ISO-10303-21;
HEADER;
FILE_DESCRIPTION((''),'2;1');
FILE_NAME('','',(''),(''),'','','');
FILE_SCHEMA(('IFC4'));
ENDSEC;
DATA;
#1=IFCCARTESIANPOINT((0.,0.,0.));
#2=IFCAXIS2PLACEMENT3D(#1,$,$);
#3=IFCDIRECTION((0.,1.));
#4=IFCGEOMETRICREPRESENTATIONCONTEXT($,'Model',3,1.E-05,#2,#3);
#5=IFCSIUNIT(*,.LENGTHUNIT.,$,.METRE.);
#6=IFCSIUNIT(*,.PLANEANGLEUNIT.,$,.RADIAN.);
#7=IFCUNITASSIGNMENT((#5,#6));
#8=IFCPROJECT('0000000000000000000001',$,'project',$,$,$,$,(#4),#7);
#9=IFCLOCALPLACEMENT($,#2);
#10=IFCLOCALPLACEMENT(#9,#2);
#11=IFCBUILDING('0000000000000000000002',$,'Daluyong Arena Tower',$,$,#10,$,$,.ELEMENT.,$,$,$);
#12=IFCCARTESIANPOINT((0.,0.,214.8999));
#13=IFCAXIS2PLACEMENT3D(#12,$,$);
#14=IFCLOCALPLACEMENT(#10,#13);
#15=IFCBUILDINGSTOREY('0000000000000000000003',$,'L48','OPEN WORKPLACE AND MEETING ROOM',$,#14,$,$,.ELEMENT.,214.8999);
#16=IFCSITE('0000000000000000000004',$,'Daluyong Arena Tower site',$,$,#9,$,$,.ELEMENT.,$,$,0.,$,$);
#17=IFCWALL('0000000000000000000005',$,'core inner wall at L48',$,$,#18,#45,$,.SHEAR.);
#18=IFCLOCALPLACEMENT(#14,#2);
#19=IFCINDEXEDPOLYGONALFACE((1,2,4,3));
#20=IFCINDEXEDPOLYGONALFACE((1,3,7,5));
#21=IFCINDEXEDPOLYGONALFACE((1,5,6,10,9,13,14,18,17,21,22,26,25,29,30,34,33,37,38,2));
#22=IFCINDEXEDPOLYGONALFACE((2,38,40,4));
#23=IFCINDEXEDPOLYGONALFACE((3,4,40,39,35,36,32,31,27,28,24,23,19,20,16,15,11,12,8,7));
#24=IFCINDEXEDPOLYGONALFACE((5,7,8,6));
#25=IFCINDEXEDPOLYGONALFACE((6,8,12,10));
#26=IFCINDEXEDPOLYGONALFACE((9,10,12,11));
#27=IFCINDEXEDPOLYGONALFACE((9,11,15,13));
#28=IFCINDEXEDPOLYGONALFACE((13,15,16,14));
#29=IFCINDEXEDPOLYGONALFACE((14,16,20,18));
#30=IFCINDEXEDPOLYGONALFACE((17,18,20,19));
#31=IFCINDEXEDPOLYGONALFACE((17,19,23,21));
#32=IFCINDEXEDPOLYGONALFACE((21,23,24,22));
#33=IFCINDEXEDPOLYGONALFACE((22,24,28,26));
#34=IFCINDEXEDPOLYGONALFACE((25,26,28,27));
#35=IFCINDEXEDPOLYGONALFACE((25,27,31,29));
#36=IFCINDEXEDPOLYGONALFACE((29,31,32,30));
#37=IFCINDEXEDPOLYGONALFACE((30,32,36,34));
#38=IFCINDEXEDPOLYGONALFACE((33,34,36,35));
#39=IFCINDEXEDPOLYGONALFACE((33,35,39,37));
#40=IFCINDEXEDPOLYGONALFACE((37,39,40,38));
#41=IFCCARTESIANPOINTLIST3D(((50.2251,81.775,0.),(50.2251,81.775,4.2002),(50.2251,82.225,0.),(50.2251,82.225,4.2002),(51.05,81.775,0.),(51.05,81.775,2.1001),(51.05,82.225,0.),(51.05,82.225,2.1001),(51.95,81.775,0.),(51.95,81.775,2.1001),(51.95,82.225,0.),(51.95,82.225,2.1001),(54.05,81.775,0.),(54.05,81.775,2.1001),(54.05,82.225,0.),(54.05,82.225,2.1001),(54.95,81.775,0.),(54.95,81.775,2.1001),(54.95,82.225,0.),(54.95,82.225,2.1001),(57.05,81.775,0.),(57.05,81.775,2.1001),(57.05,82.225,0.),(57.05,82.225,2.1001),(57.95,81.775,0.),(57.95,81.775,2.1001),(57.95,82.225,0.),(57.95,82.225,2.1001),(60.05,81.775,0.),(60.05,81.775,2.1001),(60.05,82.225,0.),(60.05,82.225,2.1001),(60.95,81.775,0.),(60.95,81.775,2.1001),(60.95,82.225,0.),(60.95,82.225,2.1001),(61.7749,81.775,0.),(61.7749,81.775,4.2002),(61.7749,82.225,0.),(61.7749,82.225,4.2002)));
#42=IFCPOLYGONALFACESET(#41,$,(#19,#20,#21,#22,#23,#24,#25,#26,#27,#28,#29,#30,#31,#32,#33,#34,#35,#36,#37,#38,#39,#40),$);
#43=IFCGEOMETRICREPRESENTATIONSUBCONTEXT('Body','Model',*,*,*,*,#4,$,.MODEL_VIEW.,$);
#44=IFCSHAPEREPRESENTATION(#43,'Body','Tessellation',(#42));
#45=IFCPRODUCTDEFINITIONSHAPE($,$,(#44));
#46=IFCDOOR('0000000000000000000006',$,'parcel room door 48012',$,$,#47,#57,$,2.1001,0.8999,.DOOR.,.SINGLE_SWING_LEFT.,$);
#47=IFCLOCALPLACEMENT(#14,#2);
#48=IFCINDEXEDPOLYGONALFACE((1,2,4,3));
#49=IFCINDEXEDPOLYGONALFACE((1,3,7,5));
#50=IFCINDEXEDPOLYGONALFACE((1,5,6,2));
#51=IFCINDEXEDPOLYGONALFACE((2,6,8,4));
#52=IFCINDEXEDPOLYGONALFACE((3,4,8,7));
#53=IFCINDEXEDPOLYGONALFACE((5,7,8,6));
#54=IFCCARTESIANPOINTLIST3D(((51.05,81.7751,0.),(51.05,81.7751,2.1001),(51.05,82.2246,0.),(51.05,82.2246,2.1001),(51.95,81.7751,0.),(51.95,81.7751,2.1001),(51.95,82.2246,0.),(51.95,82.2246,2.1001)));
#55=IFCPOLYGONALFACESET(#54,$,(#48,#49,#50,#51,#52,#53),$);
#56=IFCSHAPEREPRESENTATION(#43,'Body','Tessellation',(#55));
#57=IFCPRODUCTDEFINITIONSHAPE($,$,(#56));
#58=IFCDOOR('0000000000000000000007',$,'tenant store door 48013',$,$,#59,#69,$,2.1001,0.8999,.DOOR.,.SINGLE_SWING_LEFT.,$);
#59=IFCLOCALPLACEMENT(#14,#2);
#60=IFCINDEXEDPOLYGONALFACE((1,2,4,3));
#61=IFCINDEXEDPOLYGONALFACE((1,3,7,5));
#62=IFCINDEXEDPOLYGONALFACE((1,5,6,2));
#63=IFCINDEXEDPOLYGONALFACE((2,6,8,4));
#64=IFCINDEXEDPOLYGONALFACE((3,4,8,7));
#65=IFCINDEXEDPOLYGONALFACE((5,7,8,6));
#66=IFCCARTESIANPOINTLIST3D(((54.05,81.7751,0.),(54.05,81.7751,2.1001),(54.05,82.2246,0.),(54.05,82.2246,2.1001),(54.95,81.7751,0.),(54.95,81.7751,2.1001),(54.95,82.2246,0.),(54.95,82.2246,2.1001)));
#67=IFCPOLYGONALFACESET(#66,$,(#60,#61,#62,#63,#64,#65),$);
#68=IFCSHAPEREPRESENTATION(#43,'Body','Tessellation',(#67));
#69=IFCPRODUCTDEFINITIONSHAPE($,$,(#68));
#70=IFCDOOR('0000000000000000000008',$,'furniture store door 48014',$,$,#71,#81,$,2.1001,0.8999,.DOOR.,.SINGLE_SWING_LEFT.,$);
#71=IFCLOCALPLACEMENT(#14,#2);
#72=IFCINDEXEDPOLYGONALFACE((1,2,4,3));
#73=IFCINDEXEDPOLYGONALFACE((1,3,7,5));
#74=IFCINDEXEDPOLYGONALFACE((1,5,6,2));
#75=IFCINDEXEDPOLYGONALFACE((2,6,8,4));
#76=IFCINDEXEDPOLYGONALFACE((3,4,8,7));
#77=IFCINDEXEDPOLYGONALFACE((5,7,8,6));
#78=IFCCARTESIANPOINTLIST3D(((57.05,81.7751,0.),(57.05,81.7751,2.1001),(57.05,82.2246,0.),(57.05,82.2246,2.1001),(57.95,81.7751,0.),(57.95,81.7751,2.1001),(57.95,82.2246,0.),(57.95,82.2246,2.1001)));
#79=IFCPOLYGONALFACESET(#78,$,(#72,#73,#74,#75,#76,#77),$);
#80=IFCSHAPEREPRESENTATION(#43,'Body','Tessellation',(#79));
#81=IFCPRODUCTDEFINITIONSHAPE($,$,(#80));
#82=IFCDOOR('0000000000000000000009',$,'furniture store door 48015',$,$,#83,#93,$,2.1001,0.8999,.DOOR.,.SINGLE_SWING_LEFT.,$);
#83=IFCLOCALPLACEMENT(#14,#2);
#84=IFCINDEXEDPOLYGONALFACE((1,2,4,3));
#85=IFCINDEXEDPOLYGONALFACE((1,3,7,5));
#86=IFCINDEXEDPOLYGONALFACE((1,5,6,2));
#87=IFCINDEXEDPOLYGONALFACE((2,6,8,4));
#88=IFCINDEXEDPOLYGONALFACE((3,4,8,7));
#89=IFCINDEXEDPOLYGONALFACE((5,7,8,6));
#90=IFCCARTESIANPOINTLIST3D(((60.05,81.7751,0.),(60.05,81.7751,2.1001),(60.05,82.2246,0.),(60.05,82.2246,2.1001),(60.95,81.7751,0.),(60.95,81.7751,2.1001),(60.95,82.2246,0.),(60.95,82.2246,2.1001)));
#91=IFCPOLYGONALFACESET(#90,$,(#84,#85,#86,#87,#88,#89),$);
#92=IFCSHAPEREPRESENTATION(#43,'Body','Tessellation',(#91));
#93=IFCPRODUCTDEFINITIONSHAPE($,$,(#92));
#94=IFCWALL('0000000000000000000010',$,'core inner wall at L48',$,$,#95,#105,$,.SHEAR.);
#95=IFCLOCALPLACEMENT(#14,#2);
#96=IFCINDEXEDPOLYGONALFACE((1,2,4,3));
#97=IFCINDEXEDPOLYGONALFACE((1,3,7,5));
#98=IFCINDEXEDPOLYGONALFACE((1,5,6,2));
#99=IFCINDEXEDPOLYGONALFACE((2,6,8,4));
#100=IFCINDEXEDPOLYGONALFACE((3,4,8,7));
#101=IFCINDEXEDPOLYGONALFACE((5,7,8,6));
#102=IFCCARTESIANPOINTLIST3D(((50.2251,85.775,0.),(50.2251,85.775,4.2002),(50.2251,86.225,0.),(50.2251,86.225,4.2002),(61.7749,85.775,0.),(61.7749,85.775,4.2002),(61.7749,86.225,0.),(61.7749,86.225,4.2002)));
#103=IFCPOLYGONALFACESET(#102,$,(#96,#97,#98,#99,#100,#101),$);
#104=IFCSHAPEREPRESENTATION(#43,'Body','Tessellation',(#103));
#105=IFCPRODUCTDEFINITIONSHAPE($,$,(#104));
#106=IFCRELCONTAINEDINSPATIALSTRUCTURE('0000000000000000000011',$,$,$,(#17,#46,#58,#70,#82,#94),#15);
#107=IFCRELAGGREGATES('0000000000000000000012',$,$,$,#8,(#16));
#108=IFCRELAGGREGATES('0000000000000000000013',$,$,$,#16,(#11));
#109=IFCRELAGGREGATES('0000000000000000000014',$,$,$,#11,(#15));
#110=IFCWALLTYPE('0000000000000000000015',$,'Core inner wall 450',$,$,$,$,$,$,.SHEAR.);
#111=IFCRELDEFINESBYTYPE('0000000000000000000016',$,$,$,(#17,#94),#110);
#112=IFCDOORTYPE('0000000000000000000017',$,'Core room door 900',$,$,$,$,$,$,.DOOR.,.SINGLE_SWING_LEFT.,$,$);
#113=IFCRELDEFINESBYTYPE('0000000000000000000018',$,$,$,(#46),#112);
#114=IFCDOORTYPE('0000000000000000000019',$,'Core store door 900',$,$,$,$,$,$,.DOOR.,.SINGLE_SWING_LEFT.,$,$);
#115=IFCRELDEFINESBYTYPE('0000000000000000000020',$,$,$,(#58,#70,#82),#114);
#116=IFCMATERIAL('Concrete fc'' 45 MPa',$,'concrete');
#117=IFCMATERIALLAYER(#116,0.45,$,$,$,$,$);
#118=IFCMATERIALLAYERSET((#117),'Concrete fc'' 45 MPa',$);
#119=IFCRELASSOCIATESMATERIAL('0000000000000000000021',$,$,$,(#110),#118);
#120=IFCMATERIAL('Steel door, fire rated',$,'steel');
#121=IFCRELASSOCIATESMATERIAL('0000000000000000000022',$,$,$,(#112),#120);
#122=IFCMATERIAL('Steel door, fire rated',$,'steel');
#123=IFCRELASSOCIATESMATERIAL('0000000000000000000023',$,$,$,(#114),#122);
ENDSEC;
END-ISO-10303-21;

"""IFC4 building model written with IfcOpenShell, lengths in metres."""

from ifc_helpers import new_model, si_unit, direction, frame, frame_2d, origin, place, context, subcontext, project, spatial, rectangle, extrude, material, layer, layer_set, type_object, element, fill, save


model = new_model("IFC4")

# Units and contexts
model_context = context("Model", 3, precision=1e-05, world=origin(), true_north=direction((0.0, 1.0)))
body_context = subcontext(model_context, "Body", "Model", "MODEL_VIEW")
ifc_project = project(units=[si_unit("LENGTHUNIT", "METRE"), si_unit("PLANEANGLEUNIT", "RADIAN")], contexts=[model_context])

# Site, building, storey
site_placement = place(None, origin())
site = spatial("IfcSite", under=ifc_project, at=site_placement, Name="Daluyong Arena Tower site", CompositionType="ELEMENT", RefElevation=0.0)
building_placement = place(site_placement, origin())
building = spatial("IfcBuilding", under=site, at=building_placement, Name="Daluyong Arena Tower", CompositionType="ELEMENT")
storey_placement = place(building_placement, frame((0.0, 0.0, 214.8999)))
storey = spatial("IfcBuildingStorey", under=building, at=storey_placement, Name="L48", Description="OPEN WORKPLACE AND MEETING ROOM", CompositionType="ELEMENT", Elevation=214.8999)

# Shared definitions
ifc_material_1 = material(Name="Concrete fc' 45 MPa", Category="concrete")
ifc_layer_1 = layer(ifc_material_1, 0.45)
ifc_layer_set_1 = layer_set([ifc_layer_1], Name="Concrete fc' 45 MPa")
wall_type_1 = type_object("IfcWallType", Name="Core inner wall 450", PredefinedType="SHEAR", material=ifc_layer_set_1)

# Wall, openings, doors
wall_1_placement = place(storey_placement, frame((50.2251, 82.0, 0.0), z_axis=(0.0, 0.0, 1.0), x_axis=(1.0, 0.0, 0.0)))
wall_1 = element("IfcWall", 1, at=wall_1_placement, inside=storey, type_object=wall_type_1, Name="core inner wall at L48", PredefinedType="SHEAR", context=body_context, shape_type="SweptSolid", body=[
    extrude(rectangle(XDim=11.5498, YDim=0.45, at=frame_2d((5.7749, 0.0))), origin(), (0.0, 0.0, 1.0), 4.2002),
])
opening_1_placement = place(wall_1_placement, frame((0.825, 0.0, 0.0)))
opening_1 = element("IfcOpeningElement", 2, at=opening_1_placement, cuts=wall_1, PredefinedType="OPENING", context=body_context, shape_type="SweptSolid", body=[
    extrude(rectangle(XDim=0.8999, YDim=2.1001, at=frame_2d((0.45, 1.05))), frame((0.0, 0.2349, 0.0), z_axis=(0.0, -1.0, 0.0), x_axis=(1.0, 0.0, 0.0)), (0.0, 0.0, 1.0), 0.47),
])
opening_2_placement = place(wall_1_placement, frame((3.825, 0.0, 0.0)))
opening_2 = element("IfcOpeningElement", 3, at=opening_2_placement, cuts=wall_1, PredefinedType="OPENING", context=body_context, shape_type="SweptSolid", body=[
    extrude(rectangle(XDim=0.8999, YDim=2.1001, at=frame_2d((0.45, 1.05))), frame((0.0, 0.2349, 0.0), z_axis=(0.0, -1.0, 0.0), x_axis=(1.0, 0.0, 0.0)), (0.0, 0.0, 1.0), 0.47),
])
opening_3_placement = place(wall_1_placement, frame((6.825, 0.0, 0.0)))
opening_3 = element("IfcOpeningElement", 4, at=opening_3_placement, cuts=wall_1, PredefinedType="OPENING", context=body_context, shape_type="SweptSolid", body=[
    extrude(rectangle(XDim=0.8999, YDim=2.1001, at=frame_2d((0.45, 1.05))), frame((0.0, 0.2349, 0.0), z_axis=(0.0, -1.0, 0.0), x_axis=(1.0, 0.0, 0.0)), (0.0, 0.0, 1.0), 0.47),
])
opening_4_placement = place(wall_1_placement, frame((9.825, 0.0, 0.0)))
opening_4 = element("IfcOpeningElement", 5, at=opening_4_placement, cuts=wall_1, PredefinedType="OPENING", context=body_context, shape_type="SweptSolid", body=[
    extrude(rectangle(XDim=0.8999, YDim=2.1001, at=frame_2d((0.45, 1.05))), frame((0.0, 0.2349, 0.0), z_axis=(0.0, -1.0, 0.0), x_axis=(1.0, 0.0, 0.0)), (0.0, 0.0, 1.0), 0.47),
])
ifc_material_2 = material(Name="Steel door, fire rated", Category="steel")
door_type_1 = type_object("IfcDoorType", Name="Core room door 900", OperationType="SINGLE_SWING_LEFT", PredefinedType="DOOR", material=ifc_material_2)
door_1_placement = place(opening_1_placement, origin())
door_1 = element("IfcDoor", 6, at=door_1_placement, inside=storey, type_object=door_type_1, Name="parcel room door 48012", OperationType="SINGLE_SWING_LEFT", OverallHeight=2.1001, OverallWidth=0.8999, PredefinedType="DOOR", context=body_context, shape_type="SweptSolid", body=[
    extrude(rectangle(XDim=0.8999, YDim=2.1001, at=frame_2d((0.45, 1.05))), frame((0.0, 0.2246, 0.0), z_axis=(0.0, -1.0, 0.0), x_axis=(1.0, 0.0, 0.0)), (0.0, 0.0, 1.0), 0.4495),
])
fill(opening_1, door_1)
ifc_material_3 = material(Name="Steel door, fire rated", Category="steel")
door_type_2 = type_object("IfcDoorType", Name="Core store door 900", OperationType="SINGLE_SWING_LEFT", PredefinedType="DOOR", material=ifc_material_3)
door_2_placement = place(opening_2_placement, origin())
door_2 = element("IfcDoor", 7, at=door_2_placement, inside=storey, type_object=door_type_2, Name="tenant store door 48013", OperationType="SINGLE_SWING_LEFT", OverallHeight=2.1001, OverallWidth=0.8999, PredefinedType="DOOR", context=body_context, shape_type="SweptSolid", body=[
    extrude(rectangle(XDim=0.8999, YDim=2.1001, at=frame_2d((0.45, 1.05))), frame((0.0, 0.2246, 0.0), z_axis=(0.0, -1.0, 0.0), x_axis=(1.0, 0.0, 0.0)), (0.0, 0.0, 1.0), 0.4495),
])
fill(opening_2, door_2)
door_3_placement = place(opening_3_placement, origin())
door_3 = element("IfcDoor", 8, at=door_3_placement, inside=storey, type_object=door_type_2, Name="furniture store door 48014", OperationType="SINGLE_SWING_LEFT", OverallHeight=2.1001, OverallWidth=0.8999, PredefinedType="DOOR", context=body_context, shape_type="SweptSolid", body=[
    extrude(rectangle(XDim=0.8999, YDim=2.1001, at=frame_2d((0.45, 1.05))), frame((0.0, 0.2246, 0.0), z_axis=(0.0, -1.0, 0.0), x_axis=(1.0, 0.0, 0.0)), (0.0, 0.0, 1.0), 0.4495),
])
fill(opening_3, door_3)
door_4_placement = place(opening_4_placement, origin())
door_4 = element("IfcDoor", 9, at=door_4_placement, inside=storey, type_object=door_type_2, Name="furniture store door 48015", OperationType="SINGLE_SWING_LEFT", OverallHeight=2.1001, OverallWidth=0.8999, PredefinedType="DOOR", context=body_context, shape_type="SweptSolid", body=[
    extrude(rectangle(XDim=0.8999, YDim=2.1001, at=frame_2d((0.45, 1.05))), frame((0.0, 0.2246, 0.0), z_axis=(0.0, -1.0, 0.0), x_axis=(1.0, 0.0, 0.0)), (0.0, 0.0, 1.0), 0.4495),
])
fill(opening_4, door_4)

# Wall
wall_2_placement = place(storey_placement, frame((50.2251, 86.0, 0.0), z_axis=(0.0, 0.0, 1.0), x_axis=(1.0, 0.0, 0.0)))
element("IfcWall", 10, at=wall_2_placement, inside=storey, type_object=wall_type_1, Name="core inner wall at L48", PredefinedType="SHEAR", context=body_context, shape_type="SweptSolid", body=[
    extrude(rectangle(XDim=11.5498, YDim=0.45, at=frame_2d((5.7749, 0.0))), origin(), (0.0, 0.0, 1.0), 4.2002),
])

save(model, "model.ifc")
